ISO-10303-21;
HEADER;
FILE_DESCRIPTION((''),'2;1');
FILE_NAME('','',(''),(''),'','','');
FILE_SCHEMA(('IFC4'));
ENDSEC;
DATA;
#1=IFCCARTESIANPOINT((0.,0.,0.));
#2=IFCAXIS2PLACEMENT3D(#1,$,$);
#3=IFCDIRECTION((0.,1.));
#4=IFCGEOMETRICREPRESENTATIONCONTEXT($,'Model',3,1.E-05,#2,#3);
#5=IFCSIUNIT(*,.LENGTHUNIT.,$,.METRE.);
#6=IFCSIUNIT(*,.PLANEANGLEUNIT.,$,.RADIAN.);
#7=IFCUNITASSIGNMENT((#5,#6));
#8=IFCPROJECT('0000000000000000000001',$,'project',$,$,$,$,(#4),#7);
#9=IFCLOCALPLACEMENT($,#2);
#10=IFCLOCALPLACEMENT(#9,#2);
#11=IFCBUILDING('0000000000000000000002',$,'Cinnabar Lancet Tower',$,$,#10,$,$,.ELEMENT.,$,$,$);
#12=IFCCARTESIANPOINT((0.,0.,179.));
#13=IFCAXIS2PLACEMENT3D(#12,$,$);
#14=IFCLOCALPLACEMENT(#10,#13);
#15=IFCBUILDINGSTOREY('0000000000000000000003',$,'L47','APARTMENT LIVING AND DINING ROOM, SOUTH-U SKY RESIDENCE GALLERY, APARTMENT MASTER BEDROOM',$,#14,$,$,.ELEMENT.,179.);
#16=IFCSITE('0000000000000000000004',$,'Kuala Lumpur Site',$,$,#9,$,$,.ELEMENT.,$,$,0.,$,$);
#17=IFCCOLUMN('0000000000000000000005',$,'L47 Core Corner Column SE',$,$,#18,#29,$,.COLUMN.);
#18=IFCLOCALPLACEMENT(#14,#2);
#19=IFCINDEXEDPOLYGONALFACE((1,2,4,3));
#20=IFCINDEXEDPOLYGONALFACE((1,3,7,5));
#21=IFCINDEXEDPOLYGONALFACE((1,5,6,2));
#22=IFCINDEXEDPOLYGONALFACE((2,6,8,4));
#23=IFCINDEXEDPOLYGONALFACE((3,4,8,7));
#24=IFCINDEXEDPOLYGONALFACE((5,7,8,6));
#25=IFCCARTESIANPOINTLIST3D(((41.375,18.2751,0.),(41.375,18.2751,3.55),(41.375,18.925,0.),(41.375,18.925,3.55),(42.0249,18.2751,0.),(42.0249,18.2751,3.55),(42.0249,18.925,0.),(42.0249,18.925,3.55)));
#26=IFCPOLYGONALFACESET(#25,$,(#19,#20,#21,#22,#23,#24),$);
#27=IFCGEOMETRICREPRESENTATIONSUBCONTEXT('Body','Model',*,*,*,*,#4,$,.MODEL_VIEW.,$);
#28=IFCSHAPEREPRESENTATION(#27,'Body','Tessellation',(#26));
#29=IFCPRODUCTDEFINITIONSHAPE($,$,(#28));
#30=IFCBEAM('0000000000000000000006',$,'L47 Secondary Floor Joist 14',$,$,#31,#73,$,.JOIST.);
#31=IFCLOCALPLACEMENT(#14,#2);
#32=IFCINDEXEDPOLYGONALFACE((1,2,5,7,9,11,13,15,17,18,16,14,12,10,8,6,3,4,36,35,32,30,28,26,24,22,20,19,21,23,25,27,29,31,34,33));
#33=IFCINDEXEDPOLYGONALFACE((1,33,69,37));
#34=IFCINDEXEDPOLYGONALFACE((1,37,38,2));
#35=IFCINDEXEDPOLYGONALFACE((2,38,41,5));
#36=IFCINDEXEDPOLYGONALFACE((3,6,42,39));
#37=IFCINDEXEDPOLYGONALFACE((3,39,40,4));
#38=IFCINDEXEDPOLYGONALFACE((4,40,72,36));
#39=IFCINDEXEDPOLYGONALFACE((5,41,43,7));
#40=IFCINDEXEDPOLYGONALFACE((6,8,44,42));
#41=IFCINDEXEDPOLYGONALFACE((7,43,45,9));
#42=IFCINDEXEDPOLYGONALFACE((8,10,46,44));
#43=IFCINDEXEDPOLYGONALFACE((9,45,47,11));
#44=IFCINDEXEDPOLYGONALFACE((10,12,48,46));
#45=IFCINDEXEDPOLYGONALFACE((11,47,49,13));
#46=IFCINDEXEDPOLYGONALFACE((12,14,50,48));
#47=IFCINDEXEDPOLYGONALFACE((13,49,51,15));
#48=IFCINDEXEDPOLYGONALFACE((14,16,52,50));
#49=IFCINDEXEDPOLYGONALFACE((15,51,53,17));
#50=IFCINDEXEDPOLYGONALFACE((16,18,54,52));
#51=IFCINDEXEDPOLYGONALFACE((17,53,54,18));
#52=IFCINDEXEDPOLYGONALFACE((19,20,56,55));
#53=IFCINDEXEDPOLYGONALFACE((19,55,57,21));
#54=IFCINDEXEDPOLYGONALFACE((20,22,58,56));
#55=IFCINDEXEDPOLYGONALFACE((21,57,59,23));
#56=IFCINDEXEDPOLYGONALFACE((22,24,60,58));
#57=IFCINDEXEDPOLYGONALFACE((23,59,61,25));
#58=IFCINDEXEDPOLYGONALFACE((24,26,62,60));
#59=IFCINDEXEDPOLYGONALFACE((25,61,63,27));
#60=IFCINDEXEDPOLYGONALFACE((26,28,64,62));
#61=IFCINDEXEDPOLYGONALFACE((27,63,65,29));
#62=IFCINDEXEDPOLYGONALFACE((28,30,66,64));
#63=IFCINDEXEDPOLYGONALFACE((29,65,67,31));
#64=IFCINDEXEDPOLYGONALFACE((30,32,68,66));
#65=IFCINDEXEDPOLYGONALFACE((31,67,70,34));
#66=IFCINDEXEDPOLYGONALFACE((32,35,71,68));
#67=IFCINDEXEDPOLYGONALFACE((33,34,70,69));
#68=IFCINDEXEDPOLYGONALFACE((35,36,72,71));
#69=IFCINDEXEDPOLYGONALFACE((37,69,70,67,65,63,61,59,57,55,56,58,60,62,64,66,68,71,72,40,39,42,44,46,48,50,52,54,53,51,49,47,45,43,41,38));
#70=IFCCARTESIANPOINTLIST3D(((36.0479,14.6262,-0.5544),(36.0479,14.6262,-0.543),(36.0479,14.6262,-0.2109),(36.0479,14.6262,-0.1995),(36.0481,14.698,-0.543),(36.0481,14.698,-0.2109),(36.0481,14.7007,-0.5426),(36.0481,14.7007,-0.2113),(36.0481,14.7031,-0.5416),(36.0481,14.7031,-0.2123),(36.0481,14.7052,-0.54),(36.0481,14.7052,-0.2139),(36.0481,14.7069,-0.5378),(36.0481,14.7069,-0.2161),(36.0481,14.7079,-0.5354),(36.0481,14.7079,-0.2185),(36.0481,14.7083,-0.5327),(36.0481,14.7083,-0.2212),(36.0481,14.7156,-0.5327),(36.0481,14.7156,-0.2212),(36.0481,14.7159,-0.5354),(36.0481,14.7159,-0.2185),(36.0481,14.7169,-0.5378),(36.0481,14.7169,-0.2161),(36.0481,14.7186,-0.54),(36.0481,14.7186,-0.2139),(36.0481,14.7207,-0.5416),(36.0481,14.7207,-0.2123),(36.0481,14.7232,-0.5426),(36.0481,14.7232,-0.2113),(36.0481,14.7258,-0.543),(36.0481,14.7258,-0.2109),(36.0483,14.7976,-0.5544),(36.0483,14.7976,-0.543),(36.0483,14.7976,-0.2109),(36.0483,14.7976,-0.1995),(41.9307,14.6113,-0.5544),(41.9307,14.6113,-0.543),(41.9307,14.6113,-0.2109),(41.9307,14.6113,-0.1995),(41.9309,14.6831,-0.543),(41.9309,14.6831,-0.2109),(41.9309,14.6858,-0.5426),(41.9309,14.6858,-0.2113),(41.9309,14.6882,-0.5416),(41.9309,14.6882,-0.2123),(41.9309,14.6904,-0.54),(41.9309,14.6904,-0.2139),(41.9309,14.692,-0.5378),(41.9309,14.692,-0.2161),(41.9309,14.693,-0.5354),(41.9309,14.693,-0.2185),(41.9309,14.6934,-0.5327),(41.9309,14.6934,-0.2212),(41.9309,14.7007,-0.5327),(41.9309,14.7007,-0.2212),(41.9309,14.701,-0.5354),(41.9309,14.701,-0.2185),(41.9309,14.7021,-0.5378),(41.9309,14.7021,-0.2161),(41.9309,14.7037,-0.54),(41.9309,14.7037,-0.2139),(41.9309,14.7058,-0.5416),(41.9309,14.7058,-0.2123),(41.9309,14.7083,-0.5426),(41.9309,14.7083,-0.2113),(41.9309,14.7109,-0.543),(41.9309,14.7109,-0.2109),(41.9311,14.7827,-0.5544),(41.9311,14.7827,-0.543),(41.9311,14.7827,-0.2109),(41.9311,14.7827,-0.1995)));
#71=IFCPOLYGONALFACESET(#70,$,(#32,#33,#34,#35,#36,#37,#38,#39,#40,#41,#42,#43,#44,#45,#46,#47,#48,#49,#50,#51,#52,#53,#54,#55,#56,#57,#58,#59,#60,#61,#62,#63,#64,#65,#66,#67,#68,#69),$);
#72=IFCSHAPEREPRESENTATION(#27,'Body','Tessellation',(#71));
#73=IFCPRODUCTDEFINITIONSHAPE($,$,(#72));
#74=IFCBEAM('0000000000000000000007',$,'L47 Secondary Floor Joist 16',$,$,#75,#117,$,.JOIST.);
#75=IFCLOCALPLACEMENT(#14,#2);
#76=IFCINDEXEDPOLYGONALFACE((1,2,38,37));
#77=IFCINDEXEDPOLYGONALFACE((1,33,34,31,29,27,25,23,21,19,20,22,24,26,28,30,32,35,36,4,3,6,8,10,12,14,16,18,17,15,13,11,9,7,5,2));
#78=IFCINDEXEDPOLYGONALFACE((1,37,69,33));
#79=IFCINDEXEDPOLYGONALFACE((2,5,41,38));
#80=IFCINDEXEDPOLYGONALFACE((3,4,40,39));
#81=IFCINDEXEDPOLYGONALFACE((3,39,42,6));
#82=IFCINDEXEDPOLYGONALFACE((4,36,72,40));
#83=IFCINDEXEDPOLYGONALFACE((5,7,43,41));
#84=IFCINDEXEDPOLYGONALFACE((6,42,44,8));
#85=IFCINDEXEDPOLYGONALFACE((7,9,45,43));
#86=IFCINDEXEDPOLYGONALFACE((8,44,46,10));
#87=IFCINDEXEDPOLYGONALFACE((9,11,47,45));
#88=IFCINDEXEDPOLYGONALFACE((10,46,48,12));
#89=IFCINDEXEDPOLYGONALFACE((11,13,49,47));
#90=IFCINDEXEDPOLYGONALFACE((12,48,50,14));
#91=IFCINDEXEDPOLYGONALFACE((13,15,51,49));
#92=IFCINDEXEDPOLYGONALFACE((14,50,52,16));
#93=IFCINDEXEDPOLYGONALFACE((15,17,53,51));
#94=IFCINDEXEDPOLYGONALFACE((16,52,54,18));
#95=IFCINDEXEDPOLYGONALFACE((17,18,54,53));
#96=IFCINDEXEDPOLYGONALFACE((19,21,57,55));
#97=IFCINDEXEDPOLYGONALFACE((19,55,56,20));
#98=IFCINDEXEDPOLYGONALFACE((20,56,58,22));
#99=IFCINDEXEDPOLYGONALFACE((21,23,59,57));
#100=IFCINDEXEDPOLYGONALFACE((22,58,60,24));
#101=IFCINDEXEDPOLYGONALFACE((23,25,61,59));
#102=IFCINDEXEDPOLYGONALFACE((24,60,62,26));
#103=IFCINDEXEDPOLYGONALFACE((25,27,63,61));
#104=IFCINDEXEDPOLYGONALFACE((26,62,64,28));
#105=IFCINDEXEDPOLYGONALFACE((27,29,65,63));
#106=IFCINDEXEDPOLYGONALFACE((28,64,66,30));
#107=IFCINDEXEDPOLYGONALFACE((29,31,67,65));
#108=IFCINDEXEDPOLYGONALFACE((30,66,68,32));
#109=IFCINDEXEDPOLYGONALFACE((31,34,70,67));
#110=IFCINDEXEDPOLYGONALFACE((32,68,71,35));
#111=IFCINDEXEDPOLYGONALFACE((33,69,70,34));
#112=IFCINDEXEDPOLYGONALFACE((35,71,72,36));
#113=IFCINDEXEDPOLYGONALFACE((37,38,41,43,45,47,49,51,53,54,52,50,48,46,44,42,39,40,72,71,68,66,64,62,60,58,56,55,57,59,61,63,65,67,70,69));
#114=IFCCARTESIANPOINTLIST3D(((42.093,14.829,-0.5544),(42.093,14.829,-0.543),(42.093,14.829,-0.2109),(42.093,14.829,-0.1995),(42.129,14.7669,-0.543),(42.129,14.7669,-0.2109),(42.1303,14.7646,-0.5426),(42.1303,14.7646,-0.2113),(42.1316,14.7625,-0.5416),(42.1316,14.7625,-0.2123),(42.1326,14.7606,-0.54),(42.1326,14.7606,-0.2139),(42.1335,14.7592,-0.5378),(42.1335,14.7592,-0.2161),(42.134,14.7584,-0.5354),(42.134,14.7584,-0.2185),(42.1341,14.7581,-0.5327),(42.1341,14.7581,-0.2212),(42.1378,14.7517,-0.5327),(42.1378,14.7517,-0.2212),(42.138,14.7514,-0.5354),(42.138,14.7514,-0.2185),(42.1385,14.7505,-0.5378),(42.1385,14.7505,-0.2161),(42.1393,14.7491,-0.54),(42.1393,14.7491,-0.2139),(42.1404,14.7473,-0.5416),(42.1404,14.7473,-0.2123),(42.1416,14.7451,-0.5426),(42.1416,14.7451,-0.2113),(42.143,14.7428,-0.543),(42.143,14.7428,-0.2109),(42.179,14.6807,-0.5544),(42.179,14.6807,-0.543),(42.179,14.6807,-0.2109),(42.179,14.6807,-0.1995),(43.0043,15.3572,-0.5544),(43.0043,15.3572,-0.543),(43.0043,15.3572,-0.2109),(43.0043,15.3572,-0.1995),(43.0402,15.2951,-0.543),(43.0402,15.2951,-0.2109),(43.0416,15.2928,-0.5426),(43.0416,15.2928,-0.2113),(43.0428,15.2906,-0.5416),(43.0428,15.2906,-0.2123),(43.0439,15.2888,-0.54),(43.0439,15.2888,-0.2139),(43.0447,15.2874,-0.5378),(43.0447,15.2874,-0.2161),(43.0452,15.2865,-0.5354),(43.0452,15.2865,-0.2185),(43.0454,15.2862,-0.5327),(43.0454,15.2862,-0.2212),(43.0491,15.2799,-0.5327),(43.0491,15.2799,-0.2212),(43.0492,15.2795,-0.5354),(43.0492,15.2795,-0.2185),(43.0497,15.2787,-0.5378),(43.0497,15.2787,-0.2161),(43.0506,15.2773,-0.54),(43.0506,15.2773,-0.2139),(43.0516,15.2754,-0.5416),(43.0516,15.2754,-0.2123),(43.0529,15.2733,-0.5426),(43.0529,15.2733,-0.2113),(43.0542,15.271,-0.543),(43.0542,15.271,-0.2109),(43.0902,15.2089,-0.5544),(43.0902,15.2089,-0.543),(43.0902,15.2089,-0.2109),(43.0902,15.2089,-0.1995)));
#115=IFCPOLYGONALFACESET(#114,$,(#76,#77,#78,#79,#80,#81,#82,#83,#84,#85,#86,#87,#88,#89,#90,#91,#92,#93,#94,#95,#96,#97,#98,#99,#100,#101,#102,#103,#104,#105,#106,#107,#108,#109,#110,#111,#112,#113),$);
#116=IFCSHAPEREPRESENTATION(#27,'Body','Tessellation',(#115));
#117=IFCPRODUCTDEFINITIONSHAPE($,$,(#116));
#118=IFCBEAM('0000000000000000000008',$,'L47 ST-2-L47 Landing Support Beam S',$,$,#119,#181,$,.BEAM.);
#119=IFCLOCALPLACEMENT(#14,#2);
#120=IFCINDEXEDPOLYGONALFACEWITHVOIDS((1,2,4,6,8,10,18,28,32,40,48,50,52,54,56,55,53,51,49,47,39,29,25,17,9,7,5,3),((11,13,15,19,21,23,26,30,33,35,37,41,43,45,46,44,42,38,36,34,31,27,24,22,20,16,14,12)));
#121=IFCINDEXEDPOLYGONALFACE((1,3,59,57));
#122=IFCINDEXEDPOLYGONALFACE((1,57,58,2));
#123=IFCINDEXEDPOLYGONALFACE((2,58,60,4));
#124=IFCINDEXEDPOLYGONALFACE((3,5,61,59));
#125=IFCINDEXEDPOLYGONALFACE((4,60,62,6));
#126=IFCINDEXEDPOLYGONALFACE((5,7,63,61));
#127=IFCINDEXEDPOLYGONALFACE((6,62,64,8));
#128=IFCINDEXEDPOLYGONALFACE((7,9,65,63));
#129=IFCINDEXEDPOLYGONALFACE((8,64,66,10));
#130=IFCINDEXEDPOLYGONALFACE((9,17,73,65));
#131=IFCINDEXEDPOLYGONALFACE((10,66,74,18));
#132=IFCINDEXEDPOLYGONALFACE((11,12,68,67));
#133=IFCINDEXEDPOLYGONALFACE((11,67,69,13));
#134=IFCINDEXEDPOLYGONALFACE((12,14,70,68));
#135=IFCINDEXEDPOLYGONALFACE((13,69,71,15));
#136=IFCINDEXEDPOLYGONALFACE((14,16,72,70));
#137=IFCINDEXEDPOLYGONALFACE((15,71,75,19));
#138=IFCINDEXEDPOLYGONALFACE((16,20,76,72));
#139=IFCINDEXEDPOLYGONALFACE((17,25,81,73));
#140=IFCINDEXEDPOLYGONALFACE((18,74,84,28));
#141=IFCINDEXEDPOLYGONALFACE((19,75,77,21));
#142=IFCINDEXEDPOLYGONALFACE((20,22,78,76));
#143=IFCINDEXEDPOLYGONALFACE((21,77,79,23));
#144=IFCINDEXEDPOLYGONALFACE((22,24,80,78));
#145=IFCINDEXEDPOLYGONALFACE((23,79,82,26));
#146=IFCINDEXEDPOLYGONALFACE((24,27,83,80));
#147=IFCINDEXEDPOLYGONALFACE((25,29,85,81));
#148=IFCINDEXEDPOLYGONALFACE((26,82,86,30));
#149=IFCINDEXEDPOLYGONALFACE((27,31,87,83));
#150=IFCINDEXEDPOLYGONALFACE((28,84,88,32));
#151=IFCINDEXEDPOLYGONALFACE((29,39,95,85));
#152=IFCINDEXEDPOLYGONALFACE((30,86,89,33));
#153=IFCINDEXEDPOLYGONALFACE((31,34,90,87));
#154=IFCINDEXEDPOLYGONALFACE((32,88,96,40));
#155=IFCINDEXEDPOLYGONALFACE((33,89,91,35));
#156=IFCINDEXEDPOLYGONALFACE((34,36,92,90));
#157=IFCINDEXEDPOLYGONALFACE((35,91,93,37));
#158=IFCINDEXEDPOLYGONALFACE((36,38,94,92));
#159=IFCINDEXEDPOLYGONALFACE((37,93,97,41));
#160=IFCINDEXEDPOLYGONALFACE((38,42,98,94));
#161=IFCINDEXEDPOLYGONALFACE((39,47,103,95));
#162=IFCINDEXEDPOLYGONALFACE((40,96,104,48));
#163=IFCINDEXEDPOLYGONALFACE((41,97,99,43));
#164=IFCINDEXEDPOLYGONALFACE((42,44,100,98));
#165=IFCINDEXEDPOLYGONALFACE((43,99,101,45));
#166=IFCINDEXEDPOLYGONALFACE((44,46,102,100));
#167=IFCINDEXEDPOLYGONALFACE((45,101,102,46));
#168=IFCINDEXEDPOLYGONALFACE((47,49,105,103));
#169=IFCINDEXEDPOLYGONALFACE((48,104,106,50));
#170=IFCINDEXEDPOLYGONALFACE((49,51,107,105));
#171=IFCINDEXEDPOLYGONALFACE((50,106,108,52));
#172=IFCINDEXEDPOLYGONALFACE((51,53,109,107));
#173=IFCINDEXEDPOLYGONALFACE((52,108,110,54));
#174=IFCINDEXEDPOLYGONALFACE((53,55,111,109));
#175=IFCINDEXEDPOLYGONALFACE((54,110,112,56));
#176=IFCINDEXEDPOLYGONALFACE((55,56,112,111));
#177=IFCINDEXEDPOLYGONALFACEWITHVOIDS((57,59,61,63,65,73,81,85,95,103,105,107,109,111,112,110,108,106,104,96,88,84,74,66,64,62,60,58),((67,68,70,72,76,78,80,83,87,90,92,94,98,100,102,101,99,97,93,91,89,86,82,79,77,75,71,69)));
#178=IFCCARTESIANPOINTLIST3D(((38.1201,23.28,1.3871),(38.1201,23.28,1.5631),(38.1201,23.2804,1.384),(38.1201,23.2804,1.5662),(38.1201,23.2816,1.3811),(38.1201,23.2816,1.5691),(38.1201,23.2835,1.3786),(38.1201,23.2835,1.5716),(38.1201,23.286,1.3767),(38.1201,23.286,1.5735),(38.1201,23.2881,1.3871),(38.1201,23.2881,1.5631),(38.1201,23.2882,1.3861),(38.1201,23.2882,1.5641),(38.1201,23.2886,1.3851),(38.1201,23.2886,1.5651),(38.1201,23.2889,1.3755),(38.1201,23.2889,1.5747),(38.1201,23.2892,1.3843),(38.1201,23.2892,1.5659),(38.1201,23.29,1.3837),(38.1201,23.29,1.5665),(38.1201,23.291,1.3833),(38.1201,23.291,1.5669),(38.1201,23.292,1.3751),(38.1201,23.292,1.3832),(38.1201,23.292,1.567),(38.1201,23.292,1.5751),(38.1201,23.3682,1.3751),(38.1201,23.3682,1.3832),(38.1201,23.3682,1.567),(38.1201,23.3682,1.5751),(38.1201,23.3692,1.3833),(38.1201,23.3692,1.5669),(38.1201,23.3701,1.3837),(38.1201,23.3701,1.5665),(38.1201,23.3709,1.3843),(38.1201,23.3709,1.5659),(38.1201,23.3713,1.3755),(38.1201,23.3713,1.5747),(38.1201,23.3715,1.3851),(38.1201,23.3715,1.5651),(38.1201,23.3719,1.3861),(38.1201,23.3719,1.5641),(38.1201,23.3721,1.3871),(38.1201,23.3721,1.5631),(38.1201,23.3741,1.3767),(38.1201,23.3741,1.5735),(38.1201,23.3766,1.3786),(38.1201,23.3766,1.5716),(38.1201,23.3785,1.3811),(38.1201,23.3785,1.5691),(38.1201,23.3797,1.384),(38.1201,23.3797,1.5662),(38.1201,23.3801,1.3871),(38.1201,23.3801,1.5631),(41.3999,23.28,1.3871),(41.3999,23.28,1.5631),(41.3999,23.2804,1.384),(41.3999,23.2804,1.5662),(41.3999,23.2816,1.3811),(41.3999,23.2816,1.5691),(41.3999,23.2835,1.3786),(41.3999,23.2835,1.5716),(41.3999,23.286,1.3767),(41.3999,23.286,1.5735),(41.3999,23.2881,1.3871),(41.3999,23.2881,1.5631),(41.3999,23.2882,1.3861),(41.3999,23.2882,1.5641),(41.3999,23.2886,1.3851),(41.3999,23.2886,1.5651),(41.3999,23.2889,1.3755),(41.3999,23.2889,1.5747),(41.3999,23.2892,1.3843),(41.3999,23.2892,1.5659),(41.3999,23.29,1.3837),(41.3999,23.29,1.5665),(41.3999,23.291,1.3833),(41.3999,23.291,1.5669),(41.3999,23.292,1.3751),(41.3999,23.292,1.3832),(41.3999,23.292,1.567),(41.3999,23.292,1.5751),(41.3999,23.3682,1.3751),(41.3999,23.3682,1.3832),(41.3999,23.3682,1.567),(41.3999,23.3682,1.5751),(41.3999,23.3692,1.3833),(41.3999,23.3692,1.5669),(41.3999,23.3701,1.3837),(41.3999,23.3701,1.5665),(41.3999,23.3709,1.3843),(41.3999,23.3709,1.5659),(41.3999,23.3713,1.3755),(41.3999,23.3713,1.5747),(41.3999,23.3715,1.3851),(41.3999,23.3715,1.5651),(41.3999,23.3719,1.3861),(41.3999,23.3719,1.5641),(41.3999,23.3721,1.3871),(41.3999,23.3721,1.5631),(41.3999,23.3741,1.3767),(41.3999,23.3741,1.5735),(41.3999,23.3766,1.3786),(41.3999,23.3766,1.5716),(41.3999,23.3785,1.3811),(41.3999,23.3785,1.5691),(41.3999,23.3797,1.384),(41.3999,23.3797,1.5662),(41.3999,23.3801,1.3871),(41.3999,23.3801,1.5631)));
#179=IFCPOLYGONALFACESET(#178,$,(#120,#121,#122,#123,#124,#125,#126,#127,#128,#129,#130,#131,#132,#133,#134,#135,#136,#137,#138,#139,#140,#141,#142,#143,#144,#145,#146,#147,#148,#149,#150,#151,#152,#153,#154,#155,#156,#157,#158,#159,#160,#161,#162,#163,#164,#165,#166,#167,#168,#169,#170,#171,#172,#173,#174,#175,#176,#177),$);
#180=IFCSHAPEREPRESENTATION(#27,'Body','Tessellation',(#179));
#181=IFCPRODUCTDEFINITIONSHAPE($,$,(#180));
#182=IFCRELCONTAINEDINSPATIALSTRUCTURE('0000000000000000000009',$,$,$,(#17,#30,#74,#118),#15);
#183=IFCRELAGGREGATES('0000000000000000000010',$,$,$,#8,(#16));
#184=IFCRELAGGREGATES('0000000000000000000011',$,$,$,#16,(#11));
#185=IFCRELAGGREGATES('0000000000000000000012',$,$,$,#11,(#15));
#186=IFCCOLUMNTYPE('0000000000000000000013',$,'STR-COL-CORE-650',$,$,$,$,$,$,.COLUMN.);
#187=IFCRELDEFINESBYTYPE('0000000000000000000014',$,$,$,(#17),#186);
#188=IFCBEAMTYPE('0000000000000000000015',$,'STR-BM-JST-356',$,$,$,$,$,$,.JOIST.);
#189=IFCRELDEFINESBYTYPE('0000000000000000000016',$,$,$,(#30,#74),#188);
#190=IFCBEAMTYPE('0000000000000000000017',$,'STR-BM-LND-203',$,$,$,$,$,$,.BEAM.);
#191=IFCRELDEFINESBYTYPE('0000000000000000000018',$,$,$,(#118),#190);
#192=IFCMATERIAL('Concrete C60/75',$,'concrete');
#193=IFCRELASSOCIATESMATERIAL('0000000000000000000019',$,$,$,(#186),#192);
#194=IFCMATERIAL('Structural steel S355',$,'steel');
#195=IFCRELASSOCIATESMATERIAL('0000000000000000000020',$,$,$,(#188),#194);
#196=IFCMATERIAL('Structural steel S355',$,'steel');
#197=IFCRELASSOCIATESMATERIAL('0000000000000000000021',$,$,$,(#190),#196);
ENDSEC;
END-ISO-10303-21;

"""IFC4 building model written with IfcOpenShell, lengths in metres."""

from ifc_helpers import new_model, si_unit, direction, frame, origin, origin_2d, place, context, subcontext, project, spatial, rectangle, hollow_rectangle, i_section, extrude, material, material_profile, profile_set, type_object, element, save


model = new_model("IFC4")

# Units and contexts
model_context = context("Model", 3, precision=1e-05, world=origin(), true_north=direction((0.0, 1.0)))
body_context = subcontext(model_context, "Body", "Model", "MODEL_VIEW")
ifc_project = project(units=[si_unit("LENGTHUNIT", "METRE"), si_unit("PLANEANGLEUNIT", "RADIAN")], contexts=[model_context])

# Site, building, storey
site_placement = place(None, origin())
site = spatial("IfcSite", under=ifc_project, at=site_placement, Name="Kuala Lumpur Site", CompositionType="ELEMENT", RefElevation=0.0)
building_placement = place(site_placement, origin())
building = spatial("IfcBuilding", under=site, at=building_placement, Name="Cinnabar Lancet Tower", CompositionType="ELEMENT")
storey_placement = place(building_placement, frame((0.0, 0.0, 179.0)))
storey = spatial("IfcBuildingStorey", under=building, at=storey_placement, Name="L47", Description="APARTMENT LIVING AND DINING ROOM, SOUTH-U SKY RESIDENCE GALLERY, APARTMENT MASTER BEDROOM", CompositionType="ELEMENT", Elevation=179.0)

# Column
ifc_material_1 = material(Name="Concrete C60/75", Category="concrete")
ifc_material_profile_1 = material_profile(ifc_material_1, rectangle(XDim=0.6499, YDim=0.6499, at=origin_2d()), Name="RC-COL 650x650")
ifc_profile_set_1 = profile_set([ifc_material_profile_1], Name="Concrete C60/75")
column_type = type_object("IfcColumnType", Name="STR-COL-CORE-650", PredefinedType="COLUMN", material=ifc_profile_set_1)
column_placement = place(storey_placement, frame((41.7, 18.6001, 0.0), z_axis=(0.0, 0.0, 1.0), x_axis=(1.0, 0.0, 0.0)))
element("IfcColumn", 1, at=column_placement, inside=storey, type_object=column_type, Name="L47 Core Corner Column SE", PredefinedType="COLUMN", context=body_context, shape_type="SweptSolid", body=[
    extrude(rectangle(XDim=0.6499, YDim=0.6499, at=origin_2d()), origin(), (0.0, 0.0, 1.0), 3.55),
])

# Beams
ifc_material_2 = material(Name="Structural steel S355", Category="steel")
ifc_material_profile_2 = material_profile(ifc_material_2, i_section(OverallWidth=0.1714, OverallDepth=0.355, WebThickness=0.0073, FlangeThickness=0.0115, FilletRadius=0.0103, at=origin_2d()), Name="UKB 356x171x51")
ifc_profile_set_2 = profile_set([ifc_material_profile_2], Name="Structural steel S355")
beam_type_1 = type_object("IfcBeamType", Name="STR-BM-JST-356", PredefinedType="JOIST", material=ifc_profile_set_2)
beam_1_placement = place(storey_placement, frame((36.0481, 14.7119, -0.377), z_axis=(0.999997, -0.002532, 0.0), x_axis=(0.002532, 0.999997, 0.0)))
element("IfcBeam", 2, at=beam_1_placement, inside=storey, type_object=beam_type_1, Name="L47 Secondary Floor Joist 14", PredefinedType="JOIST", context=body_context, shape_type="SweptSolid", body=[
    extrude(i_section(OverallWidth=0.1714, OverallDepth=0.355, WebThickness=0.0073, FlangeThickness=0.0115, FilletRadius=0.0103, at=origin_2d()), origin(), (0.0, 0.0, 1.0), 5.8828),
])
beam_2_placement = place(storey_placement, frame((42.136, 14.7549, -0.377), z_axis=(0.865188, 0.501447, 0.0), x_axis=(-0.501447, 0.865188, 0.0)))
element("IfcBeam", 3, at=beam_2_placement, inside=storey, type_object=beam_type_1, Name="L47 Secondary Floor Joist 16", PredefinedType="JOIST", context=body_context, shape_type="SweptSolid", body=[
    extrude(i_section(OverallWidth=0.1714, OverallDepth=0.355, WebThickness=0.0073, FlangeThickness=0.0115, FilletRadius=0.0103, at=origin_2d()), origin(), (0.0, 0.0, 1.0), 1.0532),
])
ifc_material_3 = material(Name="Structural steel S355", Category="steel")
ifc_material_profile_3 = material_profile(ifc_material_3, hollow_rectangle(XDim=0.1001, YDim=0.2, WallThickness=0.0081, InnerFilletRadius=0.0039, OuterFilletRadius=0.012, at=origin_2d()), Name="RHS 200x100x8")
ifc_profile_set_3 = profile_set([ifc_material_profile_3], Name="Structural steel S355")
beam_type_2 = type_object("IfcBeamType", Name="STR-BM-LND-203", PredefinedType="BEAM", material=ifc_profile_set_3)
for number, where, z_axis, x_axis, name in (
    (4, (38.1201, 23.3301, 1.4751), (1.0, 0.0, 0.0), (0.0, 1.0, 0.0), "L47 ST-2-L47 Landing Support Beam S"),
):
    element("IfcBeam", number, at=place(storey_placement, frame(where, z_axis=z_axis, x_axis=x_axis)), inside=storey, type_object=beam_type_2, Name=name, PredefinedType="BEAM", context=body_context, shape_type="SweptSolid", body=[
        extrude(hollow_rectangle(XDim=0.1001, YDim=0.2, WallThickness=0.0081, InnerFilletRadius=0.0039, OuterFilletRadius=0.012, at=origin_2d()), origin(), (0.0, 0.0, 1.0), 3.2798),
    ])

save(model, "model.ifc")
